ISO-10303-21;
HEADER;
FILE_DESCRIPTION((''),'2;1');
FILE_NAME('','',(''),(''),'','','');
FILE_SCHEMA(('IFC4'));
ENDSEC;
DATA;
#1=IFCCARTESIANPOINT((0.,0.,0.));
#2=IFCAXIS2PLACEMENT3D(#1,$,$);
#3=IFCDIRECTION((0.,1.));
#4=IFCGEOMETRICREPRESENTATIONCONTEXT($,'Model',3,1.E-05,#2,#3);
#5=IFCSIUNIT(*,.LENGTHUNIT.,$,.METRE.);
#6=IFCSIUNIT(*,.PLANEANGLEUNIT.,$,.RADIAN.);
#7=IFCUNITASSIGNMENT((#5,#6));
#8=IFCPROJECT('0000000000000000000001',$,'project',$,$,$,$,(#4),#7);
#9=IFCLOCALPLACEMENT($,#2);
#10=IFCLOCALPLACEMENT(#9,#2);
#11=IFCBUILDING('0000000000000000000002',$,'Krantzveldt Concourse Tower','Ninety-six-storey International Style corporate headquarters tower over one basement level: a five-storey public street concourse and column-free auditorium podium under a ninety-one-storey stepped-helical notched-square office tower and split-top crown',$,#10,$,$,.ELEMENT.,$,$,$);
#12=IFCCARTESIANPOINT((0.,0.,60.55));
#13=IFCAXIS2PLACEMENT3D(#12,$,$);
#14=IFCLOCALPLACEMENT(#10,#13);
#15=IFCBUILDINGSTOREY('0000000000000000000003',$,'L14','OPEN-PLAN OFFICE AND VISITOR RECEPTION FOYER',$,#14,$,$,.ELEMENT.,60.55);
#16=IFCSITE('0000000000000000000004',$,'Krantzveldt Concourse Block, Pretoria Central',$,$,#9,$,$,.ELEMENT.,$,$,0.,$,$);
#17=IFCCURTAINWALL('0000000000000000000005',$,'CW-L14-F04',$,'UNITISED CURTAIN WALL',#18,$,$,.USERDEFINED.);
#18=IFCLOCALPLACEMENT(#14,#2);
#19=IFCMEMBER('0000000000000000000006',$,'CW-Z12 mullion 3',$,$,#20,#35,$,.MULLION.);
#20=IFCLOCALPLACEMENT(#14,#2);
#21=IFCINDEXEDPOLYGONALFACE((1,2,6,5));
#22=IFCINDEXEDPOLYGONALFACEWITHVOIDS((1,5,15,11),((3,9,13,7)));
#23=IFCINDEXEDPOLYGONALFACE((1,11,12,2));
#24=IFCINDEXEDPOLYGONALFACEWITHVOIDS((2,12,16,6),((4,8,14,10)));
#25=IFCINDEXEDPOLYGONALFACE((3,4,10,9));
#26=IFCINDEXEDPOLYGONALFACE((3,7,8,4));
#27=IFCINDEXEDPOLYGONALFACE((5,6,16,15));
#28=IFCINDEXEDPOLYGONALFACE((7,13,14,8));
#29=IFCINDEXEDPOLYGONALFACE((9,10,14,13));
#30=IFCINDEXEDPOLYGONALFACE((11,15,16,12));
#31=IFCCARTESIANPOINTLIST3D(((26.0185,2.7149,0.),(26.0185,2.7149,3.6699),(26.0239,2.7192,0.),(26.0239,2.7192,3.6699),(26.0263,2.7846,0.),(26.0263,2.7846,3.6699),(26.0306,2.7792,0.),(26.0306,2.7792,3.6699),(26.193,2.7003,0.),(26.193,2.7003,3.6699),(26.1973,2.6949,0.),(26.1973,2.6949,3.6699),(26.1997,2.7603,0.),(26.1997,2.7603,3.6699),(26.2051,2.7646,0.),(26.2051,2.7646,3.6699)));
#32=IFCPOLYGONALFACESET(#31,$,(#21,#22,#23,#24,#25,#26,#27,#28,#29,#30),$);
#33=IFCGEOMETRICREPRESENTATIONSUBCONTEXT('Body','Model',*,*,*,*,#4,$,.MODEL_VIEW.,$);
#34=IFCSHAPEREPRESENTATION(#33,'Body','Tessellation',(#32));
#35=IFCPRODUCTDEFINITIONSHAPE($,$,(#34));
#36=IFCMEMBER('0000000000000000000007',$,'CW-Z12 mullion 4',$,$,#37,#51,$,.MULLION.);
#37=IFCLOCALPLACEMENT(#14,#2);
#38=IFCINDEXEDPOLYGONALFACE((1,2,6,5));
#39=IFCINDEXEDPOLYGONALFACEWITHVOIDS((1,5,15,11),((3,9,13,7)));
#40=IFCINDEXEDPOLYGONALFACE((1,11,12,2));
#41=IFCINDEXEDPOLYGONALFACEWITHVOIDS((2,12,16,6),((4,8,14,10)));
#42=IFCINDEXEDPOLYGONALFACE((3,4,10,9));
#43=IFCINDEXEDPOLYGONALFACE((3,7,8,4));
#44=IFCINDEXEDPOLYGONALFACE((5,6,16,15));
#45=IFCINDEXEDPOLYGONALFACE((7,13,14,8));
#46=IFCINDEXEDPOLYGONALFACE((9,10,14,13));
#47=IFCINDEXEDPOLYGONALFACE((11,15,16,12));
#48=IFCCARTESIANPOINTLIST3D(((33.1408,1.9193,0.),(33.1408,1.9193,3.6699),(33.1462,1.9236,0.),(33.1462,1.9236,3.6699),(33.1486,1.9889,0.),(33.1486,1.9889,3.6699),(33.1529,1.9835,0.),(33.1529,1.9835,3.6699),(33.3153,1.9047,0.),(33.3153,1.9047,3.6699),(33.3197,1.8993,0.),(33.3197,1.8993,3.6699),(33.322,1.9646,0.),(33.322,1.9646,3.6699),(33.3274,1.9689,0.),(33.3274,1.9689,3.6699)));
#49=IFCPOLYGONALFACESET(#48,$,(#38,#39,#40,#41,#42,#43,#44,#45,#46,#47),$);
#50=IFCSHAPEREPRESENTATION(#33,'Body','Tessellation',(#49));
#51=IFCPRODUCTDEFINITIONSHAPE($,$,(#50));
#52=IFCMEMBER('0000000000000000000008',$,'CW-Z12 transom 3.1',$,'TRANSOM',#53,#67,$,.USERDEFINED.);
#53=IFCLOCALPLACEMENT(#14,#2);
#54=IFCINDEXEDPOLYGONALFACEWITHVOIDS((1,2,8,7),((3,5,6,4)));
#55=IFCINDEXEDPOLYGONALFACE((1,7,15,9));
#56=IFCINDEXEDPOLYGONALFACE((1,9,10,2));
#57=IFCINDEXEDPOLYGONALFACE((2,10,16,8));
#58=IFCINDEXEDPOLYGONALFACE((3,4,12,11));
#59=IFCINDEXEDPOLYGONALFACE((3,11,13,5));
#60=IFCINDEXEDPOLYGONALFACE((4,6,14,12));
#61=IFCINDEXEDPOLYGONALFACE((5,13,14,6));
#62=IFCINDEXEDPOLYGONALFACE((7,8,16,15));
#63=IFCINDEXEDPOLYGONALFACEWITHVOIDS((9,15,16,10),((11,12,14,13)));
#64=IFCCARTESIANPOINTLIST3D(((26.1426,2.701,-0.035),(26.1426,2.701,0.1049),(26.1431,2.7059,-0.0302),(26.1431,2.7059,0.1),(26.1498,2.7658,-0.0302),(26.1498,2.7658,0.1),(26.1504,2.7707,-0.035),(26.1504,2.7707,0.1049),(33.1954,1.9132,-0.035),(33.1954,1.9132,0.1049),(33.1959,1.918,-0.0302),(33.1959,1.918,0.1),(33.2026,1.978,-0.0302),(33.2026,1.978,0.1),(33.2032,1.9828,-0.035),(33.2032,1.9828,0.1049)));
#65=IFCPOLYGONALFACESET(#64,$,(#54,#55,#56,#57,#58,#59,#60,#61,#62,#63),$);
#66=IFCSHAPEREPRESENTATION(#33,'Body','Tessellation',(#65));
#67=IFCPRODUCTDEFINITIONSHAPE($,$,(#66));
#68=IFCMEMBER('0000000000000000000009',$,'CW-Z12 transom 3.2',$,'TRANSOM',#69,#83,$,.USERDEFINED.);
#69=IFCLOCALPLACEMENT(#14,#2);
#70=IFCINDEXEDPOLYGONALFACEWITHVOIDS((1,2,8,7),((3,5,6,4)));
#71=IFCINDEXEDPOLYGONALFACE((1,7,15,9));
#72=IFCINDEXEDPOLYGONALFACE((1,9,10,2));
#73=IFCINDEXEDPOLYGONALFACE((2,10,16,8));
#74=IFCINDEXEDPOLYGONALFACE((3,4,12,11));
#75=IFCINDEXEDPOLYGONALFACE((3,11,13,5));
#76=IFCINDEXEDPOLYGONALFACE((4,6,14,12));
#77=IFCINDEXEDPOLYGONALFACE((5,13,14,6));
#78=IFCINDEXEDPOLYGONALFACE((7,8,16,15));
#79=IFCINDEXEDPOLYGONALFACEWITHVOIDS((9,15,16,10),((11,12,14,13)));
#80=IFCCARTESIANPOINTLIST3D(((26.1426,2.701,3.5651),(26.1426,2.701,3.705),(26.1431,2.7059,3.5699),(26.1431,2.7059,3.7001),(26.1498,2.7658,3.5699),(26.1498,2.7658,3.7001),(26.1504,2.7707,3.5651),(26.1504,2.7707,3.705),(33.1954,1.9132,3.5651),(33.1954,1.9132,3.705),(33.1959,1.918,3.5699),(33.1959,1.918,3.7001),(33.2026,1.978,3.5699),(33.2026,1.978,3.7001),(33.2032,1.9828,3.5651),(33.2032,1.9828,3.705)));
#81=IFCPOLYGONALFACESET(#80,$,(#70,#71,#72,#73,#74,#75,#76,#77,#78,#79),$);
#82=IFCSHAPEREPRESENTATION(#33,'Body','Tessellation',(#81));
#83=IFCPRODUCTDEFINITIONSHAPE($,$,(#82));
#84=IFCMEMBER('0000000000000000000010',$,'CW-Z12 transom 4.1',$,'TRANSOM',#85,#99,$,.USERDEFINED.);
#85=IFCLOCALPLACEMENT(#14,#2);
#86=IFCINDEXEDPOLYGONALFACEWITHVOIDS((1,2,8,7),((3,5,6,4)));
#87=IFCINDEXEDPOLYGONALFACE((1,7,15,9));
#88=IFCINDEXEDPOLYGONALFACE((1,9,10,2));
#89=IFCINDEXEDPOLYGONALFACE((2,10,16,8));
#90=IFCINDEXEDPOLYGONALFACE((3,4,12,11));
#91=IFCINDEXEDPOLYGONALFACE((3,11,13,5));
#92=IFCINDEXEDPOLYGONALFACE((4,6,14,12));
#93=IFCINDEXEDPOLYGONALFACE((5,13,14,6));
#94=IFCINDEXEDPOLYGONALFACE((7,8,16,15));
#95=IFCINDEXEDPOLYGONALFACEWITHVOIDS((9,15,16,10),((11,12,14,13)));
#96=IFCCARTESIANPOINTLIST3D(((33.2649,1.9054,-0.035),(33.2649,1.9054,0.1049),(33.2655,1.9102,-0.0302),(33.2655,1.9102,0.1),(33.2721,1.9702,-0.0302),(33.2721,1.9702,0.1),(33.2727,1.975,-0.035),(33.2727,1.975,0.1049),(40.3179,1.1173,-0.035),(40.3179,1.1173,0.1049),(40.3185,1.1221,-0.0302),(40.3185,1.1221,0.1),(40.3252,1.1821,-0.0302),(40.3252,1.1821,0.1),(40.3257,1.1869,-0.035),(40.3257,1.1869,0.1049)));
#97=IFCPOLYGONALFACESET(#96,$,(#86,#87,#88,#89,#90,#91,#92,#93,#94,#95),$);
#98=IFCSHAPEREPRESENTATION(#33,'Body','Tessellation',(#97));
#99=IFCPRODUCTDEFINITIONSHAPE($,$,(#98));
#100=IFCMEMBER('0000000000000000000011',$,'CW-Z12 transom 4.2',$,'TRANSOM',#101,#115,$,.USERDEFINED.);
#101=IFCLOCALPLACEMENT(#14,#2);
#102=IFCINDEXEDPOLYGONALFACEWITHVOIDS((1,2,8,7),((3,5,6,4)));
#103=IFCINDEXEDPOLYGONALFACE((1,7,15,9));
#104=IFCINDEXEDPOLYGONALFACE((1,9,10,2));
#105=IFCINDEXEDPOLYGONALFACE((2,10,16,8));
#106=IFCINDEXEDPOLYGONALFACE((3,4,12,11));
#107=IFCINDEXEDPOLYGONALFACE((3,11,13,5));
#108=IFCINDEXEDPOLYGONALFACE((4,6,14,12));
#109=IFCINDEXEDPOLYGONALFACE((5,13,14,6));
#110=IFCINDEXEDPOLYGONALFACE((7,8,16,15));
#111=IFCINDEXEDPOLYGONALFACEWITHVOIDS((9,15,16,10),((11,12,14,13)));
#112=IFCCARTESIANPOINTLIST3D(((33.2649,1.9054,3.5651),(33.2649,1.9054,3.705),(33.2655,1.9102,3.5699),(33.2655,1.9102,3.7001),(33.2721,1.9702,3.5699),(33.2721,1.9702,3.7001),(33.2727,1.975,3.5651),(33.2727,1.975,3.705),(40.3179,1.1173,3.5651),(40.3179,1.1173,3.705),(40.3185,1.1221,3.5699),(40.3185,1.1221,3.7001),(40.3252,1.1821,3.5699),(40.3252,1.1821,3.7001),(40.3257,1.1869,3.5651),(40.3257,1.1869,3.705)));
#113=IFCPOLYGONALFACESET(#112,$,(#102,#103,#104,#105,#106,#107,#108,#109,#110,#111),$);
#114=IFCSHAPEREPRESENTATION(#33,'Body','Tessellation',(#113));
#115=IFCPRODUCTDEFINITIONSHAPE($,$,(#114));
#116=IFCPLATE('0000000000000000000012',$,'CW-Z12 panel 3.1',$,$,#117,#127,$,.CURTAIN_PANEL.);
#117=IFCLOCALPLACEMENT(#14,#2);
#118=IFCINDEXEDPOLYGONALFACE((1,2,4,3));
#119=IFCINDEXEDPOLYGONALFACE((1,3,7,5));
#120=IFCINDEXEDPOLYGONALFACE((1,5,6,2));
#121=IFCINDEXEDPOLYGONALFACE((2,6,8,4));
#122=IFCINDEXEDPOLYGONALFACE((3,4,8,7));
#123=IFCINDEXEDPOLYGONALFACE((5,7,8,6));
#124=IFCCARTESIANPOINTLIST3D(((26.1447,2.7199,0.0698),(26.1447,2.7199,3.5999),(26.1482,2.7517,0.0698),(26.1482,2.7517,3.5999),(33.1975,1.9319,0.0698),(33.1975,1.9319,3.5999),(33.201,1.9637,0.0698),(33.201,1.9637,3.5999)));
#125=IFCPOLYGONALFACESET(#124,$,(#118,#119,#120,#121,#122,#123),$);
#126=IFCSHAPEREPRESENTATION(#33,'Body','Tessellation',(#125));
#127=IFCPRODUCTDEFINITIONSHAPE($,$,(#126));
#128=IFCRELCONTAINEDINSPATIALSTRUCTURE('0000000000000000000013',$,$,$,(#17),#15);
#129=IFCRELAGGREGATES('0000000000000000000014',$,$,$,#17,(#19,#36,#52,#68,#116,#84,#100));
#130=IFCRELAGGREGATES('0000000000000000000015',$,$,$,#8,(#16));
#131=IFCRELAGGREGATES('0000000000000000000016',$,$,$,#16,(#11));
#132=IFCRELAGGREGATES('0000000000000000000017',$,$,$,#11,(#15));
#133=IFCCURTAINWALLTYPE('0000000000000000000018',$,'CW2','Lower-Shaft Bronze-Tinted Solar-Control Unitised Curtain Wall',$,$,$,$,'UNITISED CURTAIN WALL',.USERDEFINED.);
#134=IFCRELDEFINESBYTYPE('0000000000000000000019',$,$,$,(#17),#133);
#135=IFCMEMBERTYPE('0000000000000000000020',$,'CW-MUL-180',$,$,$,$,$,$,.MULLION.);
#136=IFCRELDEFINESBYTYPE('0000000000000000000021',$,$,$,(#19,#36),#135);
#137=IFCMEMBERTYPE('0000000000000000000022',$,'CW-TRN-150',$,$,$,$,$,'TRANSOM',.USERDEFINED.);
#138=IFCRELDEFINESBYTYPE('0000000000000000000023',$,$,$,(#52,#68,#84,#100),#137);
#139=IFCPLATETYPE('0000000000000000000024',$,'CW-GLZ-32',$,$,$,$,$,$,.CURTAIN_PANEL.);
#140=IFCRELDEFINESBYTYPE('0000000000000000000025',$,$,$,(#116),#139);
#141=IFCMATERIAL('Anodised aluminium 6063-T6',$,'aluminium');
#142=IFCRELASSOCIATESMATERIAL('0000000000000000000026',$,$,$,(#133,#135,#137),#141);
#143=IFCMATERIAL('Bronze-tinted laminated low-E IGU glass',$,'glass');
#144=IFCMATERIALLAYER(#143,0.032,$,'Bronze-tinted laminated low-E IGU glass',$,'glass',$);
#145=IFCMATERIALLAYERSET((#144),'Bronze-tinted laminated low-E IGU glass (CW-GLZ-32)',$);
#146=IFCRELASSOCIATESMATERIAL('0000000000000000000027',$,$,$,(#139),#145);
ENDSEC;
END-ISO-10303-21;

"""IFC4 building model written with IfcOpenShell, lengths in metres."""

from ifc_helpers import new_model, si_unit, direction, frame, origin, origin_2d, place, context, subcontext, project, spatial, rectangle, hollow_rectangle, extrude, source, transform, mapped, material, layer, layer_set, material_profile, profile_set, type_object, type_shapes, element, aggregate, save


model = new_model("IFC4")

# Units and contexts
model_context = context("Model", 3, precision=1e-05, world=origin(), true_north=direction((0.0, 1.0)))
body_context = subcontext(model_context, "Body", "Model", "MODEL_VIEW")
ifc_project = project(units=[si_unit("LENGTHUNIT", "METRE"), si_unit("PLANEANGLEUNIT", "RADIAN")], contexts=[model_context])

# Site, building, storey
site_placement = place(None, origin())
site = spatial("IfcSite", under=ifc_project, at=site_placement, Name="Krantzveldt Concourse Block, Pretoria Central", CompositionType="ELEMENT", RefElevation=0.0)
building_placement = place(site_placement, origin())
building = spatial("IfcBuilding", under=site, at=building_placement, Name="Krantzveldt Concourse Tower", Description="Ninety-six-storey International Style corporate headquarters tower over one basement level: a five-storey public street concourse and column-free auditorium podium under a ninety-one-storey stepped-helical notched-square office tower and split-top crown", CompositionType="ELEMENT")
storey_placement = place(building_placement, frame((0.0, 0.0, 60.55)))
storey = spatial("IfcBuildingStorey", under=building, at=storey_placement, Name="L14", Description="OPEN-PLAN OFFICE AND VISITOR RECEPTION FOYER", CompositionType="ELEMENT", Elevation=60.55)

# Curtain wall, members, plate
ifc_material_1 = material(Name="Anodised aluminium 6063-T6", Category="aluminium")
curtain_wall_type = type_object("IfcCurtainWallType", Name="CW2", Description="Lower-Shaft Bronze-Tinted Solar-Control Unitised Curtain Wall", ElementType="UNITISED CURTAIN WALL", PredefinedType="USERDEFINED", material=ifc_material_1)
curtain_wall_placement = place(storey_placement, origin())
curtain_wall = element("IfcCurtainWall", 1, at=curtain_wall_placement, inside=storey, type_object=curtain_wall_type, Name="CW-L14-F04", ObjectType="UNITISED CURTAIN WALL", PredefinedType="USERDEFINED")
ifc_material_profile_1 = material_profile(ifc_material_1, hollow_rectangle(XDim=0.0701, YDim=0.1799, WallThickness=0.0049, at=origin_2d()), Name="Anodised aluminium 6063-T6", Category="aluminium")
ifc_profile_set_1 = profile_set([ifc_material_profile_1], Name="Anodised aluminium 6063-T6 - ALU-MULL 180x70x5")
member_type_1 = type_object("IfcMemberType", Name="CW-MUL-180", PredefinedType="MULLION", material=ifc_profile_set_1)
shared_shape_1 = source(origin(), body_context, "Body", "SweptSolid", [
    extrude(hollow_rectangle(XDim=0.0701, YDim=0.1799, WallThickness=0.0049, at=origin_2d()), origin(), (0.0, 0.0, 1.0), 3.6699),
])
type_shapes(member_type_1, [shared_shape_1])
member_1_placement = place(storey_placement, frame((26.1118, 2.7397, 0.0), z_axis=(0.0, 0.0, 1.0), x_axis=(0.111035, 0.993816, 0.0)))
member_1 = element("IfcMember", 2, at=member_1_placement, type_object=member_type_1, Name="CW-Z12 mullion 3", PredefinedType="MULLION", context=body_context, shape_type="MappedRepresentation", body=[
    mapped(shared_shape_1, transform((0.0, 0.0, 0.0), x_axis=(1.0, 0.0, 0.0), y_axis=(0.0, 1.0, 0.0), z_axis=(0.0, 0.0, 1.0), scale=1.0)),
])
member_2_placement = place(storey_placement, frame((33.2341, 1.9441, 0.0), z_axis=(0.0, 0.0, 1.0), x_axis=(0.111035, 0.993816, 0.0)))
member_2 = element("IfcMember", 3, at=member_2_placement, type_object=member_type_1, Name="CW-Z12 mullion 4", PredefinedType="MULLION", context=body_context, shape_type="MappedRepresentation", body=[
    mapped(shared_shape_1, transform((0.0, 0.0, 0.0), x_axis=(1.0, 0.0, 0.0), y_axis=(0.0, 1.0, 0.0), z_axis=(0.0, 0.0, 1.0), scale=1.0)),
])
ifc_material_profile_2 = material_profile(ifc_material_1, hollow_rectangle(XDim=0.0701, YDim=0.1399, WallThickness=0.0049, at=origin_2d()), Name="Anodised aluminium 6063-T6", Category="aluminium")
ifc_profile_set_2 = profile_set([ifc_material_profile_2], Name="Anodised aluminium 6063-T6 - ALU-TRAN 140x70x5")
member_type_2 = type_object("IfcMemberType", Name="CW-TRN-150", ElementType="TRANSOM", PredefinedType="USERDEFINED", material=ifc_profile_set_2)
shared_shape_2 = source(origin(), body_context, "Body", "SweptSolid", [
    extrude(hollow_rectangle(XDim=0.0701, YDim=0.1399, WallThickness=0.0049, at=origin_2d()), origin(), (0.0, 0.0, 1.0), 7.0967),
])
member_3_placement = place(storey_placement, frame((26.1465, 2.7358, 0.0349), z_axis=(0.993819, -0.111017, 0.0), x_axis=(0.111017, 0.993819, 0.0)))
member_3 = element("IfcMember", 4, at=member_3_placement, type_object=member_type_2, Name="CW-Z12 transom 3.1", ObjectType="TRANSOM", PredefinedType="USERDEFINED", context=body_context, shape_type="MappedRepresentation", body=[
    mapped(shared_shape_2, transform((0.0, 0.0, 0.0), x_axis=(1.0, 0.0, 0.0), y_axis=(0.0, 1.0, 0.0), z_axis=(0.0, 0.0, 1.0), scale=1.0)),
])
member_4_placement = place(storey_placement, frame((26.1465, 2.7358, 3.635), z_axis=(0.993819, -0.111017, 0.0), x_axis=(0.111017, 0.993819, 0.0)))
member_4 = element("IfcMember", 5, at=member_4_placement, type_object=member_type_2, Name="CW-Z12 transom 3.2", ObjectType="TRANSOM", PredefinedType="USERDEFINED", context=body_context, shape_type="MappedRepresentation", body=[
    mapped(shared_shape_2, transform((0.0, 0.0, 0.0), x_axis=(1.0, 0.0, 0.0), y_axis=(0.0, 1.0, 0.0), z_axis=(0.0, 0.0, 1.0), scale=1.0)),
])
shared_shape_3 = source(origin(), body_context, "Body", "SweptSolid", [
    extrude(hollow_rectangle(XDim=0.0701, YDim=0.1399, WallThickness=0.0049, at=origin_2d()), origin(), (0.0, 0.0, 1.0), 7.0969),
])
type_shapes(member_type_2, [shared_shape_2, shared_shape_3])
member_5_placement = place(storey_placement, frame((33.2688, 1.9402, 0.0349), z_axis=(0.993815, -0.111047, 0.0), x_axis=(0.111047, 0.993815, 0.0)))
member_5 = element("IfcMember", 6, at=member_5_placement, type_object=member_type_2, Name="CW-Z12 transom 4.1", ObjectType="TRANSOM", PredefinedType="USERDEFINED", context=body_context, shape_type="MappedRepresentation", body=[
    mapped(shared_shape_3, transform((0.0, 0.0, 0.0), x_axis=(1.0, 0.0, 0.0), y_axis=(0.0, 1.0, 0.0), z_axis=(0.0, 0.0, 1.0), scale=1.0)),
])
member_6_placement = place(storey_placement, frame((33.2688, 1.9402, 3.635), z_axis=(0.993815, -0.111047, 0.0), x_axis=(0.111047, 0.993815, 0.0)))
member_6 = element("IfcMember", 7, at=member_6_placement, type_object=member_type_2, Name="CW-Z12 transom 4.2", ObjectType="TRANSOM", PredefinedType="USERDEFINED", context=body_context, shape_type="MappedRepresentation", body=[
    mapped(shared_shape_3, transform((0.0, 0.0, 0.0), x_axis=(1.0, 0.0, 0.0), y_axis=(0.0, 1.0, 0.0), z_axis=(0.0, 0.0, 1.0), scale=1.0)),
])
ifc_material_2 = material(Name="Bronze-tinted laminated low-E IGU glass", Category="glass")
ifc_layer_1 = layer(ifc_material_2, 0.032, Name="Bronze-tinted laminated low-E IGU glass", Category="glass")
ifc_layer_set_1 = layer_set([ifc_layer_1], Name="Bronze-tinted laminated low-E IGU glass (CW-GLZ-32)")
plate_type = type_object("IfcPlateType", Name="CW-GLZ-32", PredefinedType="CURTAIN_PANEL", material=ifc_layer_set_1)
shared_shape_4 = source(origin(), body_context, "Body", "SweptSolid", [
    extrude(rectangle(XDim=7.0967, YDim=0.032, at=origin_2d()), origin(), (0.0, 0.0, 1.0), 3.53),
])
type_shapes(plate_type, [shared_shape_4])
plate_placement = place(storey_placement, frame((29.6729, 2.3418, 0.0698), z_axis=(0.0, 0.0, 1.0), x_axis=(0.993816, -0.111035, 0.0)))
plate = element("IfcPlate", 8, at=plate_placement, type_object=plate_type, Name="CW-Z12 panel 3.1", PredefinedType="CURTAIN_PANEL", context=body_context, shape_type="MappedRepresentation", body=[
    mapped(shared_shape_4, transform((0.0, 0.0, 0.0), x_axis=(1.0, 0.0, 0.0), y_axis=(0.0, 1.0, 0.0), z_axis=(0.0, 0.0, 1.0), scale=1.0)),
])
aggregate(curtain_wall, [member_1, member_2, member_3, member_4, plate, member_5, member_6])

save(model, "model.ifc")
